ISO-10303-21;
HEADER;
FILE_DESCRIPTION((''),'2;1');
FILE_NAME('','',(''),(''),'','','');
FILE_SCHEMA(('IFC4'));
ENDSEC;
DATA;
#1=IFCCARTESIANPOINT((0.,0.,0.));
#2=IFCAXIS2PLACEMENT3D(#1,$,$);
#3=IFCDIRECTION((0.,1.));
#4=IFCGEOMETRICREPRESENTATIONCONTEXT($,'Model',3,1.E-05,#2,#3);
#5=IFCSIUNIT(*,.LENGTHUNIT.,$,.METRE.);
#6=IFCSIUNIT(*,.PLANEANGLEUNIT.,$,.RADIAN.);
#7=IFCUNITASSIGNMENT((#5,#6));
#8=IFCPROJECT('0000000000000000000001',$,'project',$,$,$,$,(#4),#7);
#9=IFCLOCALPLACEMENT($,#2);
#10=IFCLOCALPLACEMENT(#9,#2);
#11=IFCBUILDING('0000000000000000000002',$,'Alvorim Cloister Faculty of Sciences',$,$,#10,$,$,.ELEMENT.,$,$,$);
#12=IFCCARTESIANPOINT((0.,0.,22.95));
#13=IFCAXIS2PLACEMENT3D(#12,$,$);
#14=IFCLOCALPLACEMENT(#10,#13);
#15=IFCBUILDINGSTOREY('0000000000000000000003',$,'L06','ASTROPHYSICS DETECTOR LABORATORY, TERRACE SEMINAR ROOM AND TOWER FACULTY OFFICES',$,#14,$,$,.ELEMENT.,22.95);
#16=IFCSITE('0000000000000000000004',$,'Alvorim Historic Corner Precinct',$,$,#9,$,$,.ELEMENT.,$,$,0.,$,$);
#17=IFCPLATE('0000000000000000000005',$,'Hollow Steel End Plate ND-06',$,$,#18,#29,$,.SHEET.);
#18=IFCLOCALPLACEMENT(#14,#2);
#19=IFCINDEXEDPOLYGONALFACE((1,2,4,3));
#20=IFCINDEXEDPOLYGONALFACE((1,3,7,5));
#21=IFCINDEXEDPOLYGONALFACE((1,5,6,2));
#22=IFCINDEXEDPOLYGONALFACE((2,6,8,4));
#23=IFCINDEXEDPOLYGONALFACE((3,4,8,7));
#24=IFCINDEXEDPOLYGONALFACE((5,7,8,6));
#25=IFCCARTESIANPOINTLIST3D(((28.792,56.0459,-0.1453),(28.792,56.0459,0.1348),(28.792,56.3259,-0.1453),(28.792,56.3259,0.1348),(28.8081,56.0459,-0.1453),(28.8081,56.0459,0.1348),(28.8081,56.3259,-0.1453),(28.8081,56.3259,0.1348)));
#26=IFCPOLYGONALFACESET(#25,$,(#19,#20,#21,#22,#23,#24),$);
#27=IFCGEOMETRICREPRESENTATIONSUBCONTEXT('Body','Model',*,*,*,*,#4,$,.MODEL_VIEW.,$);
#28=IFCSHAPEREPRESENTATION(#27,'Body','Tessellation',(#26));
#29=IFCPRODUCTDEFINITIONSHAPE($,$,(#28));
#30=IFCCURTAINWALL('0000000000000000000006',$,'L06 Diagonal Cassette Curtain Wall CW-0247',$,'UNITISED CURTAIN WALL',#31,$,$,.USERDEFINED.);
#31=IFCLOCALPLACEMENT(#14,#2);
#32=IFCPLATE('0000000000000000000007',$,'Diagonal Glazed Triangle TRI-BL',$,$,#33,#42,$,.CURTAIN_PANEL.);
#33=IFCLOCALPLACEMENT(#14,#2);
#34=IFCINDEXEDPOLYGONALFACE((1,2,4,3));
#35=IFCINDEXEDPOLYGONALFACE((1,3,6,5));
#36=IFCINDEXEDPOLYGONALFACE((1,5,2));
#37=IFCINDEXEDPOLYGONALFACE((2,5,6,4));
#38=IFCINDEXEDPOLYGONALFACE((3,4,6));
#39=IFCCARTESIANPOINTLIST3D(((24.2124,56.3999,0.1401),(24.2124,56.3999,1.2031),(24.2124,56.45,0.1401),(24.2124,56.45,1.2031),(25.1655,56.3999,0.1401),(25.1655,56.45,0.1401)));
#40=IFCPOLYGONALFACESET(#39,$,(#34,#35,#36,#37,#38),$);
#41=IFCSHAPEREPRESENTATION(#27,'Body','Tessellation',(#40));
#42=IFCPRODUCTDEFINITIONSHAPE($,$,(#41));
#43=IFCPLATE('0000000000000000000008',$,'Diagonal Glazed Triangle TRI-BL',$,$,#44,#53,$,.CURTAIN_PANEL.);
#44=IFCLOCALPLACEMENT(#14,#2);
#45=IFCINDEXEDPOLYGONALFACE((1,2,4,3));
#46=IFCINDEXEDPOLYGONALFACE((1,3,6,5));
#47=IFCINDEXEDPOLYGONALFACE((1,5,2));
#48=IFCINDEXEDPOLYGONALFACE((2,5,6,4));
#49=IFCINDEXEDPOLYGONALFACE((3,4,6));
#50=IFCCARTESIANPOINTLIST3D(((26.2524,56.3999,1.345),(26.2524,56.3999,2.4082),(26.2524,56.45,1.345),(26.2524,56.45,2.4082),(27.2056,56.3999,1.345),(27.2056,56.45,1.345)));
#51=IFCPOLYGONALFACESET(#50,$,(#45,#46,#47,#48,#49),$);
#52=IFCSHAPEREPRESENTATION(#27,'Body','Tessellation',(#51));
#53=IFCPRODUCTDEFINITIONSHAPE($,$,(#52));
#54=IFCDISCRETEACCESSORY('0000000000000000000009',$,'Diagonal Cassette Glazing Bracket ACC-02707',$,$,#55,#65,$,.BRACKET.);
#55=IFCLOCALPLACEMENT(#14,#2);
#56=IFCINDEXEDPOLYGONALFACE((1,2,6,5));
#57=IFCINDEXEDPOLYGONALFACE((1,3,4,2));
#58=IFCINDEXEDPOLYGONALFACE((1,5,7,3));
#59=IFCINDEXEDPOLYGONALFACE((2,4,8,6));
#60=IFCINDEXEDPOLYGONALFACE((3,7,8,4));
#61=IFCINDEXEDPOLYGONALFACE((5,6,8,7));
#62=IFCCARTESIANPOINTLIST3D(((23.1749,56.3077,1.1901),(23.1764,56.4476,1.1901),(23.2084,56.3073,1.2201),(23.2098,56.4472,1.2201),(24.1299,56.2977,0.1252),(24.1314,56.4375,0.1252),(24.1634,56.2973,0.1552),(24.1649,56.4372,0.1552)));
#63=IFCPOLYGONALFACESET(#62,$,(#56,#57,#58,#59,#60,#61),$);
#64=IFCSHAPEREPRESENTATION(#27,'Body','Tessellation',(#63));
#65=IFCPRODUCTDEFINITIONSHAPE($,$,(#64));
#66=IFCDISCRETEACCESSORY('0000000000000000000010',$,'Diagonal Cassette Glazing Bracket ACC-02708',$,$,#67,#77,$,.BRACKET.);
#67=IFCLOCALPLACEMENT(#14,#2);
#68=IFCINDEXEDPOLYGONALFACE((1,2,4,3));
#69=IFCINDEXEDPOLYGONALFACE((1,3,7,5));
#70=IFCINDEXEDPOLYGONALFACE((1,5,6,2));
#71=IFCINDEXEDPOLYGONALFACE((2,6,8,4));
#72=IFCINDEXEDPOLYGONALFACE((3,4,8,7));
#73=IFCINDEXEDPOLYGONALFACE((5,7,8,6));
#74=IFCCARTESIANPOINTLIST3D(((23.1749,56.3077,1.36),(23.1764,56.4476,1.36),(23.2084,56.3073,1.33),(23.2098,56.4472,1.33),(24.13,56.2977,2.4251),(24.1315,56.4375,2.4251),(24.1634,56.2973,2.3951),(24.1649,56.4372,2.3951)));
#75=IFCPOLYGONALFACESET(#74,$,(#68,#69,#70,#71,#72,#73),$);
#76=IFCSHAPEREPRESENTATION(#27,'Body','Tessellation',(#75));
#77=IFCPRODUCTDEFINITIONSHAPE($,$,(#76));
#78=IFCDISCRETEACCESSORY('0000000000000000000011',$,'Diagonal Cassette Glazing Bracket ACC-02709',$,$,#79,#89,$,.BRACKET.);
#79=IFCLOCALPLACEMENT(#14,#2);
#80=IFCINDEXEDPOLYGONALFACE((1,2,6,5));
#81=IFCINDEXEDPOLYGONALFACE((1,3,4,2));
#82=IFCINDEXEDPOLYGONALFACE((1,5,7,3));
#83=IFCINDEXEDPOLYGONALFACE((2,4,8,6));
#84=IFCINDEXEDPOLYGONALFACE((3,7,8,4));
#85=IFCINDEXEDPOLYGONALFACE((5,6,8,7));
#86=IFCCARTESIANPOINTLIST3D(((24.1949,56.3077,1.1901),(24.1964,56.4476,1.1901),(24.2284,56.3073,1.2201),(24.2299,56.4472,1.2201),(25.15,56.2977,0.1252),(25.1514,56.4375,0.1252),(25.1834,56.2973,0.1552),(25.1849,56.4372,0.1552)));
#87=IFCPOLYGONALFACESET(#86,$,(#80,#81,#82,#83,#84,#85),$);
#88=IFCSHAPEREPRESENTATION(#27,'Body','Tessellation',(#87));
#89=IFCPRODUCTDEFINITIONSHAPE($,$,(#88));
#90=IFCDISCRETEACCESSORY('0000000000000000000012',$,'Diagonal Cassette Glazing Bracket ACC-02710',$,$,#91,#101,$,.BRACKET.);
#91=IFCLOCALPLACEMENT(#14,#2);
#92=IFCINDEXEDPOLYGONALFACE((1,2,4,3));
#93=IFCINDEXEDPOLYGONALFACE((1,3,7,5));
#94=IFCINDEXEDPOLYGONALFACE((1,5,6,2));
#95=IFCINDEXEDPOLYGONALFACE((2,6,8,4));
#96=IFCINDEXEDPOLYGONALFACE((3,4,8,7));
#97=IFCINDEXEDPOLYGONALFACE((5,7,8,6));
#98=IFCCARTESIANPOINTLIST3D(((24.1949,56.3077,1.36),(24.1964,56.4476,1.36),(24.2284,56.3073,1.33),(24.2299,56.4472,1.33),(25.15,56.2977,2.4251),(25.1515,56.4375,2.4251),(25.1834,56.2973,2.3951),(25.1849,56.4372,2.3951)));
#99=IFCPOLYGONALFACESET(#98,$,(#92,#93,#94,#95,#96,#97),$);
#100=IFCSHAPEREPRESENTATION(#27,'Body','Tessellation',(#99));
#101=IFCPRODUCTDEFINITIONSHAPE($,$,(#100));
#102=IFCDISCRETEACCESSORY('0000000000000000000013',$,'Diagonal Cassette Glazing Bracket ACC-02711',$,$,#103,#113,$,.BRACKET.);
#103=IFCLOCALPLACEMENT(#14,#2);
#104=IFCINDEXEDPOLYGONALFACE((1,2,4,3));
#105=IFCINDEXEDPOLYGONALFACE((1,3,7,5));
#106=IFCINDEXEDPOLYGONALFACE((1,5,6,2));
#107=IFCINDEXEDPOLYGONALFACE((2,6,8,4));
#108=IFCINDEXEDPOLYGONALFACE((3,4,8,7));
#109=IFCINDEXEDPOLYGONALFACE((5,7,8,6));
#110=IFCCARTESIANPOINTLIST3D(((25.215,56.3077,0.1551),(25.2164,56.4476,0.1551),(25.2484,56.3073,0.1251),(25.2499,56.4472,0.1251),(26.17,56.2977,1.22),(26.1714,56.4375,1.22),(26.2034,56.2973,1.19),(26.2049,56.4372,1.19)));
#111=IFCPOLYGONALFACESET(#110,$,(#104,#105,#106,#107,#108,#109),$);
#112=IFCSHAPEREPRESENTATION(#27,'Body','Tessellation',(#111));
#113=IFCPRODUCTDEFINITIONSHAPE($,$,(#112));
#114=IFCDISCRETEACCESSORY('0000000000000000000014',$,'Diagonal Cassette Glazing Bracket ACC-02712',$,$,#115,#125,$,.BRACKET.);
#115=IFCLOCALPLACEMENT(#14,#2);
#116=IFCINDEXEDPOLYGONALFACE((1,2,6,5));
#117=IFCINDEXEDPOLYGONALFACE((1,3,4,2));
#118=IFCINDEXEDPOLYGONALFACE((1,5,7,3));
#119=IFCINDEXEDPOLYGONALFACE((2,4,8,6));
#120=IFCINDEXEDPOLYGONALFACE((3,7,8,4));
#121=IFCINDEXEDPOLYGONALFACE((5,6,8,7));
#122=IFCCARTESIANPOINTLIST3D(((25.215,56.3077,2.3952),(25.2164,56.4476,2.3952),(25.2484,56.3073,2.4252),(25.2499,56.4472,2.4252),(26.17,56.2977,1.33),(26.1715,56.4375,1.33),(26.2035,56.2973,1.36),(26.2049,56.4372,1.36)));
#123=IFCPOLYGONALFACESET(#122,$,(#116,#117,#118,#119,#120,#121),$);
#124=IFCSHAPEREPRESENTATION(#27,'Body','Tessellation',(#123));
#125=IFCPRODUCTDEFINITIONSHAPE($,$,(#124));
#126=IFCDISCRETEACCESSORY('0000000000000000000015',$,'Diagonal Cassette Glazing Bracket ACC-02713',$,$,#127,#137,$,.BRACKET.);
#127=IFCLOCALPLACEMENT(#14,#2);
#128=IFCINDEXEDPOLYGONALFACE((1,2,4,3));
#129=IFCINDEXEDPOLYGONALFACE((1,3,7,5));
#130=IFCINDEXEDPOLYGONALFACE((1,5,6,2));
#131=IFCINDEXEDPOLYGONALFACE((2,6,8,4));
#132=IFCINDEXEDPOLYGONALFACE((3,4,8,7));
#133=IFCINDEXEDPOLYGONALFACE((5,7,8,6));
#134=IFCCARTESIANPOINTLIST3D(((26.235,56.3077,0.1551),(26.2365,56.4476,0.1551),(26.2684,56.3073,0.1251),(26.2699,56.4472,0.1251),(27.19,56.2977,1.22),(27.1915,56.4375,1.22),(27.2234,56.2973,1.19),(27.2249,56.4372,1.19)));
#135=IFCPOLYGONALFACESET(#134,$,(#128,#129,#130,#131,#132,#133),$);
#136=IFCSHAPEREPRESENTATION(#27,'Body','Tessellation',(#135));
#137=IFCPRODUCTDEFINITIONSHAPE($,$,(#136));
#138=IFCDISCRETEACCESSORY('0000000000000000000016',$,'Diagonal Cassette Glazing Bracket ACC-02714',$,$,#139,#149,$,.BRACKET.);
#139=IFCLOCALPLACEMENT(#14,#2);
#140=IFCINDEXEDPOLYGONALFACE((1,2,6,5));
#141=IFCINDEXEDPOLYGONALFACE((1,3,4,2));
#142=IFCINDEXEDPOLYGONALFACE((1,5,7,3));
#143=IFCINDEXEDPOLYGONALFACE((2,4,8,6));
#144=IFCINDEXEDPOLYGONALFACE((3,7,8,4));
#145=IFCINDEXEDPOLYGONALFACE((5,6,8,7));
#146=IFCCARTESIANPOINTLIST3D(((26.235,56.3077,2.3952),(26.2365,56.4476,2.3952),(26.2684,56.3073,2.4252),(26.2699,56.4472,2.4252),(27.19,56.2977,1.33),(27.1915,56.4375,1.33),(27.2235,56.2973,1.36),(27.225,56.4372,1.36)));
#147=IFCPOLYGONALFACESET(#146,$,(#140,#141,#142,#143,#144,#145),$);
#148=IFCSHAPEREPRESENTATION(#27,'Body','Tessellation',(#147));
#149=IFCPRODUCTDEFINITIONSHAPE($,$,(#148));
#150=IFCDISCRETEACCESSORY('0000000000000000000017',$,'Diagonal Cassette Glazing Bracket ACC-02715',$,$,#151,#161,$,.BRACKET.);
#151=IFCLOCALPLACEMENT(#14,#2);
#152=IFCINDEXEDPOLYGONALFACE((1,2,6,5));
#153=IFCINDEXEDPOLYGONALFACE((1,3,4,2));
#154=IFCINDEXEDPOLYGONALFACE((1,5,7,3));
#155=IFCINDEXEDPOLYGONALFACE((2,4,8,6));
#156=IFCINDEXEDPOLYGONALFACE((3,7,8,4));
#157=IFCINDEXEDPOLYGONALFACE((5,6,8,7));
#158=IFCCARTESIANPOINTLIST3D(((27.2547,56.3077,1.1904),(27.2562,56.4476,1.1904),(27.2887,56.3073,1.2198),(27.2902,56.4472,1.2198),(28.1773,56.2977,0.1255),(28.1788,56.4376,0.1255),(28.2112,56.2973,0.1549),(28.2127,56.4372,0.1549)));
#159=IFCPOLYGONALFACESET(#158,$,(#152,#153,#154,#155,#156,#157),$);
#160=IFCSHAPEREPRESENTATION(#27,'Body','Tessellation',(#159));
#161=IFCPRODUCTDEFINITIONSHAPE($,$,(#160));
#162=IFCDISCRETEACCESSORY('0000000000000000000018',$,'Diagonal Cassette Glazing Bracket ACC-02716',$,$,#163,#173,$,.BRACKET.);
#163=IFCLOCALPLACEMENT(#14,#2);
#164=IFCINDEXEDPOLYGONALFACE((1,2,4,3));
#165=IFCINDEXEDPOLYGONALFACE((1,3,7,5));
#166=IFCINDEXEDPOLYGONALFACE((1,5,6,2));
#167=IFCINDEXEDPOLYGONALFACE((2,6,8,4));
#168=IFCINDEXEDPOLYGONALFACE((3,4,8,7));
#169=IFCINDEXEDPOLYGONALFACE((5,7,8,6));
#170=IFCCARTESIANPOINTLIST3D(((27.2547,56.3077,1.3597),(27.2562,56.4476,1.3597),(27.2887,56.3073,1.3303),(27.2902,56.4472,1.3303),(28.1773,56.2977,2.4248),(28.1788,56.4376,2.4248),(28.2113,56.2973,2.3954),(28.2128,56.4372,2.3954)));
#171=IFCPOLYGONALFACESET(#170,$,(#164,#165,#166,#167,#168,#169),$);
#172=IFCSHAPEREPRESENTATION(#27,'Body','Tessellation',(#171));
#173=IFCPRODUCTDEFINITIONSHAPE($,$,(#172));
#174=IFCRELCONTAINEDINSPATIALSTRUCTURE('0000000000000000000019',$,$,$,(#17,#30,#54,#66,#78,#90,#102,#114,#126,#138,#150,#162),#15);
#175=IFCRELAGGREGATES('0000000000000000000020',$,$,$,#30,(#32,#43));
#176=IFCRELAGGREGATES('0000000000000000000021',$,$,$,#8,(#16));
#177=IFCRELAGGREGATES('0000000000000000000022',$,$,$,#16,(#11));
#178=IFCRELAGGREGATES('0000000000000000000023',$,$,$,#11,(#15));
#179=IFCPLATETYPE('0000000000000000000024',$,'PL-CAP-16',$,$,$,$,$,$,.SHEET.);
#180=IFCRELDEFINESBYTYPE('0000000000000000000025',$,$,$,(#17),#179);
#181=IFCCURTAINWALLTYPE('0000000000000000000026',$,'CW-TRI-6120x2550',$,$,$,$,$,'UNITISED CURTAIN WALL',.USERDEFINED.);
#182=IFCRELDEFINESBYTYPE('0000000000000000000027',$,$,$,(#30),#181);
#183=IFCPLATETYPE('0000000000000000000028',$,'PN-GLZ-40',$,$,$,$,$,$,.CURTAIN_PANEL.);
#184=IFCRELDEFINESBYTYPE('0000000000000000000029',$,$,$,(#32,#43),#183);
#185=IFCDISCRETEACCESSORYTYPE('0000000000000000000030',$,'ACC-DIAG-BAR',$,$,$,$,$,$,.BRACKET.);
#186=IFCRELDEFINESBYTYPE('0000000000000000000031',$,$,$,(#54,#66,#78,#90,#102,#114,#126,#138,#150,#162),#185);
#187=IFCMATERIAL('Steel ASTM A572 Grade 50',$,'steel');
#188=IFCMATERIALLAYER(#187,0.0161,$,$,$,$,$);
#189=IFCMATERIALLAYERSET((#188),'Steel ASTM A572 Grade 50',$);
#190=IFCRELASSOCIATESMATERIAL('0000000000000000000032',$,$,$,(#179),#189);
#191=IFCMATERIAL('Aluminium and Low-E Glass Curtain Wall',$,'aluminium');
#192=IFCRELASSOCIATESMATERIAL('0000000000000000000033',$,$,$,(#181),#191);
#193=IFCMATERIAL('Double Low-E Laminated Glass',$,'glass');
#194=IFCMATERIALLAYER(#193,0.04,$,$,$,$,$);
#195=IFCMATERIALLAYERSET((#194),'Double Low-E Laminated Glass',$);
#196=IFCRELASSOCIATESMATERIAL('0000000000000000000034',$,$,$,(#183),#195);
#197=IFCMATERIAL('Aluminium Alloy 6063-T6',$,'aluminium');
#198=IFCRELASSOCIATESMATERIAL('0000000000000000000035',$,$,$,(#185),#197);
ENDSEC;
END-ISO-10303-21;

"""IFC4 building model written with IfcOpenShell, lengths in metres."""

from ifc_helpers import new_model, si_unit, direction, frame, origin, origin_2d, place, context, subcontext, project, spatial, polyline, rectangle, outline, extrude, material, layer, layer_set, type_object, element, aggregate, save


model = new_model("IFC4")

# Units and contexts
model_context = context("Model", 3, precision=1e-05, world=origin(), true_north=direction((0.0, 1.0)))
body_context = subcontext(model_context, "Body", "Model", "MODEL_VIEW")
ifc_project = project(units=[si_unit("LENGTHUNIT", "METRE"), si_unit("PLANEANGLEUNIT", "RADIAN")], contexts=[model_context])

# Site, building, storey
site_placement = place(None, origin())
site = spatial("IfcSite", under=ifc_project, at=site_placement, Name="Alvorim Historic Corner Precinct", CompositionType="ELEMENT", RefElevation=0.0)
building_placement = place(site_placement, origin())
building = spatial("IfcBuilding", under=site, at=building_placement, Name="Alvorim Cloister Faculty of Sciences", CompositionType="ELEMENT")
storey_placement = place(building_placement, frame((0.0, 0.0, 22.95)))
storey = spatial("IfcBuildingStorey", under=building, at=storey_placement, Name="L06", Description="ASTROPHYSICS DETECTOR LABORATORY, TERRACE SEMINAR ROOM AND TOWER FACULTY OFFICES", CompositionType="ELEMENT", Elevation=22.95)

# Plate
ifc_material_1 = material(Name="Steel ASTM A572 Grade 50", Category="steel")
ifc_layer_1 = layer(ifc_material_1, 0.0161)
ifc_layer_set_1 = layer_set([ifc_layer_1], Name="Steel ASTM A572 Grade 50")
plate_type_1 = type_object("IfcPlateType", Name="PL-CAP-16", PredefinedType="SHEET", material=ifc_layer_set_1)
plate_1_placement = place(storey_placement, frame((28.8, 56.3259, -0.1453), z_axis=(0.0, 0.0, 1.0), x_axis=(0.0, -1.0, 0.0)))
element("IfcPlate", 1, at=plate_1_placement, inside=storey, type_object=plate_type_1, Name="Hollow Steel End Plate ND-06", PredefinedType="SHEET", context=body_context, shape_type="SweptSolid", body=[
    extrude(outline(polyline([(0.0, 0.0), (0.28, 0.0), (0.28, 0.28), (0.0, 0.28), (0.0, 0.0)])), frame((0.0, 0.0081, 0.0), z_axis=(0.0, -1.0, 0.0), x_axis=(1.0, 0.0, 0.0)), (0.0, 0.0, 1.0), 0.0161),
])

# Curtain wall, plates
ifc_material_2 = material(Name="Aluminium and Low-E Glass Curtain Wall", Category="aluminium")
curtain_wall_type = type_object("IfcCurtainWallType", Name="CW-TRI-6120x2550", ElementType="UNITISED CURTAIN WALL", PredefinedType="USERDEFINED", material=ifc_material_2)
curtain_wall_placement = place(storey_placement, origin())
curtain_wall = element("IfcCurtainWall", 2, at=curtain_wall_placement, inside=storey, type_object=curtain_wall_type, Name="L06 Diagonal Cassette Curtain Wall CW-0247", ObjectType="UNITISED CURTAIN WALL", PredefinedType="USERDEFINED")
ifc_material_3 = material(Name="Double Low-E Laminated Glass", Category="glass")
ifc_layer_2 = layer(ifc_material_3, 0.04)
ifc_layer_set_2 = layer_set([ifc_layer_2], Name="Double Low-E Laminated Glass")
plate_type_2 = type_object("IfcPlateType", Name="PN-GLZ-40", PredefinedType="CURTAIN_PANEL", material=ifc_layer_set_2)
plate_2_placement = place(storey_placement, frame((24.2124, 56.425, 0.1401), z_axis=(0.0, 0.0, 1.0), x_axis=(1.0, 0.0, 0.0)))
plate_2 = element("IfcPlate", 3, at=plate_2_placement, type_object=plate_type_2, Name="Diagonal Glazed Triangle TRI-BL", PredefinedType="CURTAIN_PANEL", context=body_context, shape_type="SweptSolid", body=[
    extrude(outline(polyline([(0.0, 0.0), (0.9531, 0.0), (0.0, 1.063), (0.0, 0.0)])), frame((0.0, 0.0249, 0.0), z_axis=(0.0, -1.0, 0.0), x_axis=(1.0, 0.0, 0.0)), (0.0, 0.0, 1.0), 0.05),
])
plate_3_placement = place(storey_placement, frame((26.2524, 56.425, 1.345), z_axis=(0.0, 0.0, 1.0), x_axis=(1.0, 0.0, 0.0)))
plate_3 = element("IfcPlate", 4, at=plate_3_placement, type_object=plate_type_2, Name="Diagonal Glazed Triangle TRI-BL", PredefinedType="CURTAIN_PANEL", context=body_context, shape_type="SweptSolid", body=[
    extrude(outline(polyline([(0.0, 0.0), (0.9531, 0.0), (0.0, 1.0632), (0.0, 0.0)])), frame((0.0, 0.0249, 0.0), z_axis=(0.0, -1.0, 0.0), x_axis=(1.0, 0.0, 0.0)), (0.0, 0.0, 1.0), 0.05),
])
aggregate(curtain_wall, [plate_2, plate_3])

# Discrete accessories
ifc_material_4 = material(Name="Aluminium Alloy 6063-T6", Category="aluminium")
discrete_accessory_type = type_object("IfcDiscreteAccessoryType", Name="ACC-DIAG-BAR", PredefinedType="BRACKET", material=ifc_material_4)
discrete_accessory_1_placement = place(storey_placement, frame((23.1924, 56.3774, 1.2051), z_axis=(0.667646, -0.006997, -0.744446), x_axis=(0.01048, 0.999945, 0.0)))
element("IfcDiscreteAccessory", 5, at=discrete_accessory_1_placement, inside=storey, type_object=discrete_accessory_type, Name="Diagonal Cassette Glazing Bracket ACC-02707", PredefinedType="BRACKET", context=body_context, shape_type="SweptSolid", body=[
    extrude(rectangle(XDim=0.1399, YDim=0.0449, at=origin_2d()), origin(), (0.0, 0.0, 1.0), 1.4304),
])
discrete_accessory_2_placement = place(storey_placement, frame((23.1924, 56.3774, 1.345), z_axis=(0.667561, -0.006996, 0.744522), x_axis=(0.01048, 0.999945, 0.0)))
element("IfcDiscreteAccessory", 6, at=discrete_accessory_2_placement, inside=storey, type_object=discrete_accessory_type, Name="Diagonal Cassette Glazing Bracket ACC-02708", PredefinedType="BRACKET", context=body_context, shape_type="SweptSolid", body=[
    extrude(rectangle(XDim=0.1399, YDim=0.0449, at=origin_2d()), origin(), (0.0, 0.0, 1.0), 1.4307),
])
discrete_accessory_3_placement = place(storey_placement, frame((24.2124, 56.3774, 1.2051), z_axis=(0.667646, -0.006997, -0.744446), x_axis=(0.01048, 0.999945, 0.0)))
element("IfcDiscreteAccessory", 7, at=discrete_accessory_3_placement, inside=storey, type_object=discrete_accessory_type, Name="Diagonal Cassette Glazing Bracket ACC-02709", PredefinedType="BRACKET", context=body_context, shape_type="SweptSolid", body=[
    extrude(rectangle(XDim=0.1399, YDim=0.0449, at=origin_2d()), origin(), (0.0, 0.0, 1.0), 1.4304),
])
discrete_accessory_4_placement = place(storey_placement, frame((24.2124, 56.3774, 1.345), z_axis=(0.667561, -0.006996, 0.744522), x_axis=(0.01048, 0.999945, 0.0)))
element("IfcDiscreteAccessory", 8, at=discrete_accessory_4_placement, inside=storey, type_object=discrete_accessory_type, Name="Diagonal Cassette Glazing Bracket ACC-02710", PredefinedType="BRACKET", context=body_context, shape_type="SweptSolid", body=[
    extrude(rectangle(XDim=0.1399, YDim=0.0449, at=origin_2d()), origin(), (0.0, 0.0, 1.0), 1.4307),
])
discrete_accessory_5_placement = place(storey_placement, frame((25.2324, 56.3774, 0.1401), z_axis=(0.667646, -0.006997, 0.744446), x_axis=(0.01048, 0.999945, 0.0)))
element("IfcDiscreteAccessory", 9, at=discrete_accessory_5_placement, inside=storey, type_object=discrete_accessory_type, Name="Diagonal Cassette Glazing Bracket ACC-02711", PredefinedType="BRACKET", context=body_context, shape_type="SweptSolid", body=[
    extrude(rectangle(XDim=0.1399, YDim=0.0449, at=origin_2d()), origin(), (0.0, 0.0, 1.0), 1.4304),
])
discrete_accessory_6_placement = place(storey_placement, frame((25.2324, 56.3774, 2.4102), z_axis=(0.667561, -0.006996, -0.744522), x_axis=(0.01048, 0.999945, 0.0)))
element("IfcDiscreteAccessory", 10, at=discrete_accessory_6_placement, inside=storey, type_object=discrete_accessory_type, Name="Diagonal Cassette Glazing Bracket ACC-02712", PredefinedType="BRACKET", context=body_context, shape_type="SweptSolid", body=[
    extrude(rectangle(XDim=0.1399, YDim=0.0449, at=origin_2d()), origin(), (0.0, 0.0, 1.0), 1.4307),
])
discrete_accessory_7_placement = place(storey_placement, frame((26.2524, 56.3774, 0.1401), z_axis=(0.667646, -0.006997, 0.744446), x_axis=(0.01048, 0.999945, 0.0)))
element("IfcDiscreteAccessory", 11, at=discrete_accessory_7_placement, inside=storey, type_object=discrete_accessory_type, Name="Diagonal Cassette Glazing Bracket ACC-02713", PredefinedType="BRACKET", context=body_context, shape_type="SweptSolid", body=[
    extrude(rectangle(XDim=0.1399, YDim=0.0449, at=origin_2d()), origin(), (0.0, 0.0, 1.0), 1.4304),
])
discrete_accessory_8_placement = place(storey_placement, frame((26.2524, 56.3774, 2.4102), z_axis=(0.667561, -0.006996, -0.744522), x_axis=(0.01048, 0.999945, 0.0)))
element("IfcDiscreteAccessory", 12, at=discrete_accessory_8_placement, inside=storey, type_object=discrete_accessory_type, Name="Diagonal Cassette Glazing Bracket ACC-02714", PredefinedType="BRACKET", context=body_context, shape_type="SweptSolid", body=[
    extrude(rectangle(XDim=0.1399, YDim=0.0449, at=origin_2d()), origin(), (0.0, 0.0, 1.0), 1.4307),
])
discrete_accessory_9_placement = place(storey_placement, frame((27.2725, 56.3774, 1.2051), z_axis=(0.654775, -0.007104, -0.75579), x_axis=(0.010849, 0.999941, 0.0)))
element("IfcDiscreteAccessory", 13, at=discrete_accessory_9_placement, inside=storey, type_object=discrete_accessory_type, Name="Diagonal Cassette Glazing Bracket ACC-02715", PredefinedType="BRACKET", context=body_context, shape_type="SweptSolid", body=[
    extrude(rectangle(XDim=0.1399, YDim=0.0449, at=origin_2d()), origin(), (0.0, 0.0, 1.0), 1.4089),
])
discrete_accessory_10_placement = place(storey_placement, frame((27.2725, 56.3774, 1.345), z_axis=(0.65469, -0.007103, 0.755864), x_axis=(0.010849, 0.999941, 0.0)))
element("IfcDiscreteAccessory", 14, at=discrete_accessory_10_placement, inside=storey, type_object=discrete_accessory_type, Name="Diagonal Cassette Glazing Bracket ACC-02716", PredefinedType="BRACKET", context=body_context, shape_type="SweptSolid", body=[
    extrude(rectangle(XDim=0.1399, YDim=0.0449, at=origin_2d()), origin(), (0.0, 0.0, 1.0), 1.4092),
])

save(model, "model.ifc")
